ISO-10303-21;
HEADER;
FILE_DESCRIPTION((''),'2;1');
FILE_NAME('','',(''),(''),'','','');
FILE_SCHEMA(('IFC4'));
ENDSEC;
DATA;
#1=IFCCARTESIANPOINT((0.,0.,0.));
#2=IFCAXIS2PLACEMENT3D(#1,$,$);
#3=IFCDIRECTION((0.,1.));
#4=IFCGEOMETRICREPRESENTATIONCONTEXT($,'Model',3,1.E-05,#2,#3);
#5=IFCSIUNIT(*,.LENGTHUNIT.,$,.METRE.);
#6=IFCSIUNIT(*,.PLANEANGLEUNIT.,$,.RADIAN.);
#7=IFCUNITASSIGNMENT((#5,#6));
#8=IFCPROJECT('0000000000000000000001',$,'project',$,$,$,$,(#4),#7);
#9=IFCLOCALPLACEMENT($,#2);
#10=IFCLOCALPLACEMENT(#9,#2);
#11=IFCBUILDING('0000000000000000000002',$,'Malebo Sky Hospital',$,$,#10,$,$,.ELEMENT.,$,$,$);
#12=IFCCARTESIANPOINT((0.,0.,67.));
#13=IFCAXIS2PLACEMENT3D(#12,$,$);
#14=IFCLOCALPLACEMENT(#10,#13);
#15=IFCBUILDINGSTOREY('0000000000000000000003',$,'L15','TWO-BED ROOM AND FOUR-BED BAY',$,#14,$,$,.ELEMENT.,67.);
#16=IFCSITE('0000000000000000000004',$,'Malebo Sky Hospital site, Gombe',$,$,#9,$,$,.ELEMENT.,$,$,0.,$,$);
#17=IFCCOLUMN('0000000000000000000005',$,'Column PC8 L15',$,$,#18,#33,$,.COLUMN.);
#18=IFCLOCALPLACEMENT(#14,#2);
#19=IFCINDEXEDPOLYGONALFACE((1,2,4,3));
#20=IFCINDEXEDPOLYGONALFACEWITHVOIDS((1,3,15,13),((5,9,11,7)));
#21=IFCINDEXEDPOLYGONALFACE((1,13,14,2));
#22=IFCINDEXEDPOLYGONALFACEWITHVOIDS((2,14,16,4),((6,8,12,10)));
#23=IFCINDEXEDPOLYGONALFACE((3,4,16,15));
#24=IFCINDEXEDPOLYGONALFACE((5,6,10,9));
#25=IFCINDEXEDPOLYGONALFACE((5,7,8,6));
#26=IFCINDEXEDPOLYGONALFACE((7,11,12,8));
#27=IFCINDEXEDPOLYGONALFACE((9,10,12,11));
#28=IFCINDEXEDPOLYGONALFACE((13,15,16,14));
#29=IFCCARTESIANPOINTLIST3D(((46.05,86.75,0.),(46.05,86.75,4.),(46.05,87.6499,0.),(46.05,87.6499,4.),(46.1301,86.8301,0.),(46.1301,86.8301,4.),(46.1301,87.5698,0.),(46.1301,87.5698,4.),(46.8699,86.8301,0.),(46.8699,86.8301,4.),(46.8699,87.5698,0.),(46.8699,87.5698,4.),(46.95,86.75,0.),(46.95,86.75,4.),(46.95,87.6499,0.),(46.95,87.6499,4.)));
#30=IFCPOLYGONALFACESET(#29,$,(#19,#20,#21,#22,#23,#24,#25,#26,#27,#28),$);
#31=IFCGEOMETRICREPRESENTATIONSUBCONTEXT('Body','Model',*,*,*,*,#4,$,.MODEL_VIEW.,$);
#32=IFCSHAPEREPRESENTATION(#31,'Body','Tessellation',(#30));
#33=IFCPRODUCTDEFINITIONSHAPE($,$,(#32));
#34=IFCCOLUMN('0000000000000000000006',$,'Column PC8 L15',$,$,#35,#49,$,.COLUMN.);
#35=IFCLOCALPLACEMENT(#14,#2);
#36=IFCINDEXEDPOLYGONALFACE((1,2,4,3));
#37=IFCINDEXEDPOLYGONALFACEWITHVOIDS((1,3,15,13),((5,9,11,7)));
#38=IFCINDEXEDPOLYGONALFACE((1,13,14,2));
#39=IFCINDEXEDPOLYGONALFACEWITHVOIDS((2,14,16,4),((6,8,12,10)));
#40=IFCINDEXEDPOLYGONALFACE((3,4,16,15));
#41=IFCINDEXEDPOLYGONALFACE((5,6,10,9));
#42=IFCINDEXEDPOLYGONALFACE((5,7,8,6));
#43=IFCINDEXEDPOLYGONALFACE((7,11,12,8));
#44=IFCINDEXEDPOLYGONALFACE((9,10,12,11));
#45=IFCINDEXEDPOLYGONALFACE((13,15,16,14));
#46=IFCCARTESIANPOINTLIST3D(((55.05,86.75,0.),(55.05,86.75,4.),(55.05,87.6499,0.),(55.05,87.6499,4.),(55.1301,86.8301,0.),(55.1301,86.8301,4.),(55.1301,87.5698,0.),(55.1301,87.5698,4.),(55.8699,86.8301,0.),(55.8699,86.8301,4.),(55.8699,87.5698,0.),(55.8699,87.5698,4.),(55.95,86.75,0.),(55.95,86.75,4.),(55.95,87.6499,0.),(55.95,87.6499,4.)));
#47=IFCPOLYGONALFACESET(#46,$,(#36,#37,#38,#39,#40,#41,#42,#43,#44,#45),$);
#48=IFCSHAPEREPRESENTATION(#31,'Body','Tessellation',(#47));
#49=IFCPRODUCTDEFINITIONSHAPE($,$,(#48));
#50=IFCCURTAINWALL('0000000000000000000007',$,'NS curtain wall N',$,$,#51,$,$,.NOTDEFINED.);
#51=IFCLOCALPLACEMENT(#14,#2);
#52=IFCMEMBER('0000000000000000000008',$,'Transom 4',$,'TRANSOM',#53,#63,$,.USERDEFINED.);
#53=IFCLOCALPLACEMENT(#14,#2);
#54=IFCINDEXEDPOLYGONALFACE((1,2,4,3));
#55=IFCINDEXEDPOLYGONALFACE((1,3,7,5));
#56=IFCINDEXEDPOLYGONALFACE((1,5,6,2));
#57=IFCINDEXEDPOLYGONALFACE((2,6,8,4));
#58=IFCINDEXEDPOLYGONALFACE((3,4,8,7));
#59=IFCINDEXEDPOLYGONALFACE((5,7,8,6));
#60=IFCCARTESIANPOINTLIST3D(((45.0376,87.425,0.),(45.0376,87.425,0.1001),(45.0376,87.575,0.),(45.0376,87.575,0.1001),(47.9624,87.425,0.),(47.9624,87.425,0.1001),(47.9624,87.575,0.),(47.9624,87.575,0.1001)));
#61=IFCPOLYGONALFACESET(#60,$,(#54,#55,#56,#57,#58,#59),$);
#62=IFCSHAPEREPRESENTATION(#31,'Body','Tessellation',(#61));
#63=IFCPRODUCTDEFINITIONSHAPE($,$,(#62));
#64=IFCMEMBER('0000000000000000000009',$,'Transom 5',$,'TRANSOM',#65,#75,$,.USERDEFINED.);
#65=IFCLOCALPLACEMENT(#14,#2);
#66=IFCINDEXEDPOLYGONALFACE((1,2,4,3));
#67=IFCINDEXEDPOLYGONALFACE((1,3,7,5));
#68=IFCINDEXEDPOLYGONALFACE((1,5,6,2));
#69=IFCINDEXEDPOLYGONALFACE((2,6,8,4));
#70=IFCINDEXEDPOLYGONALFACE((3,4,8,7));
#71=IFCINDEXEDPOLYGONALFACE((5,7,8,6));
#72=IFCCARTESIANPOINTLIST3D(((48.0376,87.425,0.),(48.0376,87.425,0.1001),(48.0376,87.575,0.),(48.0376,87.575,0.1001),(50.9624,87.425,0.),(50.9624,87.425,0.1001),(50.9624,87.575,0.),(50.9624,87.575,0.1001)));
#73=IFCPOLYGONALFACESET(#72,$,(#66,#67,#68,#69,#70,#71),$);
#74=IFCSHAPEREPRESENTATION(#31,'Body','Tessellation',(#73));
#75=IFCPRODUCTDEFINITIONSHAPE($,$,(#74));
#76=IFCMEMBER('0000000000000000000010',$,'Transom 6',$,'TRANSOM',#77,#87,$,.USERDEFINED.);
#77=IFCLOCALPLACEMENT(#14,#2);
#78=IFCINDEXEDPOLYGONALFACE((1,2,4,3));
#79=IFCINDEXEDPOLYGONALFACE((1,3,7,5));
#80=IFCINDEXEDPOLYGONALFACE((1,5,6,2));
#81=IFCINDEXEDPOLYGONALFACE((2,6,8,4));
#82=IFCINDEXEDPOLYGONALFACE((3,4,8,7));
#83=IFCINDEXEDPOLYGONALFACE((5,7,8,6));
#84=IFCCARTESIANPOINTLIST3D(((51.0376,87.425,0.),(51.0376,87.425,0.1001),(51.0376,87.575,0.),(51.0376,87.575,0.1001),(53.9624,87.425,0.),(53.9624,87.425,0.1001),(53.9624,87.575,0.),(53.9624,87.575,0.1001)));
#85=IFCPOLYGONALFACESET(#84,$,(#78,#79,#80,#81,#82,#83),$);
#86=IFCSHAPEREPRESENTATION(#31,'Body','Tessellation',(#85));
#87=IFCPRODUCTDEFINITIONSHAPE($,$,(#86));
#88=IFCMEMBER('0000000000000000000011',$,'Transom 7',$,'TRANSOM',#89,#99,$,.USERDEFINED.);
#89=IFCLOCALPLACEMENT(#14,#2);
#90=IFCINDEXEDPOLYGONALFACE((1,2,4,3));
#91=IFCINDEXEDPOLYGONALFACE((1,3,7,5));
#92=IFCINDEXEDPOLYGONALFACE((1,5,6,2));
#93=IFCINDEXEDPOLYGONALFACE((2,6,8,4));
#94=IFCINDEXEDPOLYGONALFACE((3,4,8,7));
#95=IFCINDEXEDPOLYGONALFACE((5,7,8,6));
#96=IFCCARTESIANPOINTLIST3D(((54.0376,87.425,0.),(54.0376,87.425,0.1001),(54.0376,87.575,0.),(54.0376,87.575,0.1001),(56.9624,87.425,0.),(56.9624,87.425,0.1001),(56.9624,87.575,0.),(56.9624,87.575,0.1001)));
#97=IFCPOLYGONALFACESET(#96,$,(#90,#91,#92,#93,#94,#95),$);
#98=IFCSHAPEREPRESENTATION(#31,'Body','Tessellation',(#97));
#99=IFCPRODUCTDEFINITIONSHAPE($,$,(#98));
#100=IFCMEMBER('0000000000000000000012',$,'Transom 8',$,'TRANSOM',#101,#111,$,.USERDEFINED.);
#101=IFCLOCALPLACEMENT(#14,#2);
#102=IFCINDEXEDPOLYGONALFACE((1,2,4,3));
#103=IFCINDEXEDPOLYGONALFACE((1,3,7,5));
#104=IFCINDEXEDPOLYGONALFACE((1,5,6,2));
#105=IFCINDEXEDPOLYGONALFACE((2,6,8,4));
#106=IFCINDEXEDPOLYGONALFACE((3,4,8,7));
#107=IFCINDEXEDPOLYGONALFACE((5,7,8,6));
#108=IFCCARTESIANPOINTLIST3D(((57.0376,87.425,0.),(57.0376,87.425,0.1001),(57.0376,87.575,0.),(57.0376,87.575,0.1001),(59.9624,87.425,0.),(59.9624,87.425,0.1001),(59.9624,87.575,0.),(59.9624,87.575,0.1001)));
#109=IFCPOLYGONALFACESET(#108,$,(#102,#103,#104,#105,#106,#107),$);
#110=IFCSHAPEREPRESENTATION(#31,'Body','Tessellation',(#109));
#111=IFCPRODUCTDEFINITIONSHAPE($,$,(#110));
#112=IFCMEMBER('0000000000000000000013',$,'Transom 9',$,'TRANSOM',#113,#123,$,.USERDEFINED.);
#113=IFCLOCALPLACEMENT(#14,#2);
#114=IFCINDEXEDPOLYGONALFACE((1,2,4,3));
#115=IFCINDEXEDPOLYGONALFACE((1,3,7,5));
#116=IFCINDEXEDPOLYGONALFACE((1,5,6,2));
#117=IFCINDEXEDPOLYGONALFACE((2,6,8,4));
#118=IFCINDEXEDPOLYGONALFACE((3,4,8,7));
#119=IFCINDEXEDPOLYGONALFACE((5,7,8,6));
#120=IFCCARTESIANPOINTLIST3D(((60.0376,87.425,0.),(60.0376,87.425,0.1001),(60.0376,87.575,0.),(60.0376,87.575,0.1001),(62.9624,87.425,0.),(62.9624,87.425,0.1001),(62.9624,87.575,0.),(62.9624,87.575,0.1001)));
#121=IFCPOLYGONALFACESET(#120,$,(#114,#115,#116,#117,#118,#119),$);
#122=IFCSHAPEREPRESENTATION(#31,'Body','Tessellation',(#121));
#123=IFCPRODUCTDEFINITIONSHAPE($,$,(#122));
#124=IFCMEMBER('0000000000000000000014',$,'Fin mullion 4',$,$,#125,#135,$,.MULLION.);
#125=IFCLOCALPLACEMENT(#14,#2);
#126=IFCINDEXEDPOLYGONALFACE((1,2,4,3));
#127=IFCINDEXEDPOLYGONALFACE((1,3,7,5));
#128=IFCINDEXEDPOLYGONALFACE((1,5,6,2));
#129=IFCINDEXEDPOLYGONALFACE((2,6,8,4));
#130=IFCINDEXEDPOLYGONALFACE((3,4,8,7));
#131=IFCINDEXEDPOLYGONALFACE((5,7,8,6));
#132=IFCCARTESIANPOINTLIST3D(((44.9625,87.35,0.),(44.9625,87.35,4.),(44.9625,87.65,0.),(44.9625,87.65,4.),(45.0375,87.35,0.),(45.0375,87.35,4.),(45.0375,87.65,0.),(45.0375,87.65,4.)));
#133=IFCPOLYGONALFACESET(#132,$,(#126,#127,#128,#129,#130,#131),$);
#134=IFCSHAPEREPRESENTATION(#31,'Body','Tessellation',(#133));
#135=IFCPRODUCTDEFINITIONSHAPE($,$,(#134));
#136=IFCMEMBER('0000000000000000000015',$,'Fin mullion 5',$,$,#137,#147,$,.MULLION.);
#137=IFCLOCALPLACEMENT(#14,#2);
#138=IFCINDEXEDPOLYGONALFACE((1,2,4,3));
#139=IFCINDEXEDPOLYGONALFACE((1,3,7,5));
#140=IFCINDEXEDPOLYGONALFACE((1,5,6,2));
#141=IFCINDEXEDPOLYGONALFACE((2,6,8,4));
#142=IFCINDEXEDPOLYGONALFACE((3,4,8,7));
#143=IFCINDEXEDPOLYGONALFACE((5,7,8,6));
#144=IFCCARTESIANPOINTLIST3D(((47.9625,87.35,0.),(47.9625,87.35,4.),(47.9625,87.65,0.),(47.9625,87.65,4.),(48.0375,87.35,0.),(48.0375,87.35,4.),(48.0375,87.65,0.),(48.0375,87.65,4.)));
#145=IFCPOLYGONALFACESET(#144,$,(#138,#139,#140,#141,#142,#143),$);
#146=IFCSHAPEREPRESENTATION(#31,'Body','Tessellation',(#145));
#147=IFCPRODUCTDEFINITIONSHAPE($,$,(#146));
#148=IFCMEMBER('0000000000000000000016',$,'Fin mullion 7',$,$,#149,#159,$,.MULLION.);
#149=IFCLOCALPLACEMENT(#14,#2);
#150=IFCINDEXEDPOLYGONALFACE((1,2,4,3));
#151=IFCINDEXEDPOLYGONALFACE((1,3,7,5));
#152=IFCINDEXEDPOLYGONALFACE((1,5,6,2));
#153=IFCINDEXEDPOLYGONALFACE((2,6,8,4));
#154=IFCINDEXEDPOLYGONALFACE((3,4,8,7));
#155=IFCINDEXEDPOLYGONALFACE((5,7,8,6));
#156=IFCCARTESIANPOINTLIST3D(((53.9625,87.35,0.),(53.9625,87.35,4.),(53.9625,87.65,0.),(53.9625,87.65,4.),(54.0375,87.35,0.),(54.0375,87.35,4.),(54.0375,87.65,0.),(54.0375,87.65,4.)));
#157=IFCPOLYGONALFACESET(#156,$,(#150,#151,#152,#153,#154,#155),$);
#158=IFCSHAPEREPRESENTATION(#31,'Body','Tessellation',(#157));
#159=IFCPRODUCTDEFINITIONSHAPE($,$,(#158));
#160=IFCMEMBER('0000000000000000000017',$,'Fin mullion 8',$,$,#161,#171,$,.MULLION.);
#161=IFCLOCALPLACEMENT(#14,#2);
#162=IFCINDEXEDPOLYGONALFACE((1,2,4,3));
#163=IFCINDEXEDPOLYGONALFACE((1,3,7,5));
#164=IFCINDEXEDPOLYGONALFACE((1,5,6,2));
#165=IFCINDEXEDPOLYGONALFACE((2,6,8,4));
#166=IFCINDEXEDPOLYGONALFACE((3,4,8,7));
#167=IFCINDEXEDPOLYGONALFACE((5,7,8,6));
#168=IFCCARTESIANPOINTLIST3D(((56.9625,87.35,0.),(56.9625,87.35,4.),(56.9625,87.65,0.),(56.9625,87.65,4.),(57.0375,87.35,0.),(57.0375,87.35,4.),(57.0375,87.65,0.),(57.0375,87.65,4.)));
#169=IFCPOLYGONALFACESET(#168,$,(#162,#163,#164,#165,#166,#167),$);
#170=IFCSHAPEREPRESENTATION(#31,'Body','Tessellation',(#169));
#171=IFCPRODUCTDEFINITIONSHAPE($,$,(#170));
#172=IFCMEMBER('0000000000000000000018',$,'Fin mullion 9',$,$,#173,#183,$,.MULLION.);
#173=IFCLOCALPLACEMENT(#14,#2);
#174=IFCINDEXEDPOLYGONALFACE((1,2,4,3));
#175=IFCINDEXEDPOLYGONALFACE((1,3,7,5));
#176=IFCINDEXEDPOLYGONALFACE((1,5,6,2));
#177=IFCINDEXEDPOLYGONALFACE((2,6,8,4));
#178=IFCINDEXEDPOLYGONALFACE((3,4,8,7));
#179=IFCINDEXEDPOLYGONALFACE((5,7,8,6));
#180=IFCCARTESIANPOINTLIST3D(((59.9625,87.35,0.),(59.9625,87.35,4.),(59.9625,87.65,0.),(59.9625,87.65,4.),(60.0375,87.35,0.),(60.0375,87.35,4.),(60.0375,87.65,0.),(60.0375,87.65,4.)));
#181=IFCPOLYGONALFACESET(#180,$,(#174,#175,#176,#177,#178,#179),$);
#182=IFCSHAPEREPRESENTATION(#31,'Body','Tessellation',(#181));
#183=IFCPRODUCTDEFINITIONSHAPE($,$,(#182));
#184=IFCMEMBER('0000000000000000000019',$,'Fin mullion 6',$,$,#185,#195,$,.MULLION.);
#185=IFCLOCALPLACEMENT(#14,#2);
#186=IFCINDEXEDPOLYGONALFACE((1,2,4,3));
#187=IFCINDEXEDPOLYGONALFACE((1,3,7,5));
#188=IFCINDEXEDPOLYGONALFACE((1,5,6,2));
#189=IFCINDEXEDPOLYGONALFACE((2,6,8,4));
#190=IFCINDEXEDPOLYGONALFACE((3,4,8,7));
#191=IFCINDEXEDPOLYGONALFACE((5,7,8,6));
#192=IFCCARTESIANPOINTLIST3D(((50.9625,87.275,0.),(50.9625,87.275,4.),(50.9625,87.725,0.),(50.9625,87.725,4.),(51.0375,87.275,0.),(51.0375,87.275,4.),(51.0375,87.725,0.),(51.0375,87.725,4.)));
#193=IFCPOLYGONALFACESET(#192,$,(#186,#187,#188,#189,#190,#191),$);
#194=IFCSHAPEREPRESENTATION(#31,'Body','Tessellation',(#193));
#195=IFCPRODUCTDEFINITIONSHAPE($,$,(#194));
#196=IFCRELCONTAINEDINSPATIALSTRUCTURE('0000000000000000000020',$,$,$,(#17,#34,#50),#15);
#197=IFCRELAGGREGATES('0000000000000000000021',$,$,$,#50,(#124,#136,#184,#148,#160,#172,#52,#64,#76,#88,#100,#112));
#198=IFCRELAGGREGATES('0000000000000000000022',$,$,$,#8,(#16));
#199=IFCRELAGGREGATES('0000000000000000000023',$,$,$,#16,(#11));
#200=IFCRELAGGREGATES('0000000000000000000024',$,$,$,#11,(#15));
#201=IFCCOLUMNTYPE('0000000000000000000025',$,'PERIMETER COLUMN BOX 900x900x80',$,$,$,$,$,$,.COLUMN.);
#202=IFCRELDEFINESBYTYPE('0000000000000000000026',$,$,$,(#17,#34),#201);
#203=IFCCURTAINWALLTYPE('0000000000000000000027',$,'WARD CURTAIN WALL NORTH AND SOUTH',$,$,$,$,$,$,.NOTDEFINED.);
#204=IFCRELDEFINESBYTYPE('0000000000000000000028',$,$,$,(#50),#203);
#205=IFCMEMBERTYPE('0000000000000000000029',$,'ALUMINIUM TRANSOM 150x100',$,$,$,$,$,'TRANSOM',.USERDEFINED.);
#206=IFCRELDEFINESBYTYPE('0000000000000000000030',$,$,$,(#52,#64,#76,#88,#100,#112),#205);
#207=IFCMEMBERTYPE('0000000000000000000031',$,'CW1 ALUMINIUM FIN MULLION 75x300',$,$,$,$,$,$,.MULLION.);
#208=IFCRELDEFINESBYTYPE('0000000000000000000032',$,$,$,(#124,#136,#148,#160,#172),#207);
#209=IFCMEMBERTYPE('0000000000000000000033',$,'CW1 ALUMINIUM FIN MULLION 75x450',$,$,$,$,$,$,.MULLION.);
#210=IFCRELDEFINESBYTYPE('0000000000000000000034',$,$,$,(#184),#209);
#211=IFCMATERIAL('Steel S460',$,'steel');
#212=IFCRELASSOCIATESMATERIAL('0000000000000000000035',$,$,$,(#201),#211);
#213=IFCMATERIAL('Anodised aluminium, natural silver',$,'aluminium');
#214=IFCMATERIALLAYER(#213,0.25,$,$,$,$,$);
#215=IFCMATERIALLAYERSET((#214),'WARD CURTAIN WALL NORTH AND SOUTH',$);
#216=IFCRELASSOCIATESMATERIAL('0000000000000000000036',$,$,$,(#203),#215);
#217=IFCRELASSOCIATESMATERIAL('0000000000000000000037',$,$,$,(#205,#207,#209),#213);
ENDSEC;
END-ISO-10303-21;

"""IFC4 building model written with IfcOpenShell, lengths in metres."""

from ifc_helpers import new_model, si_unit, direction, frame, origin, origin_2d, place, context, subcontext, project, spatial, rectangle, hollow_rectangle, extrude, material, layer, layer_set, material_profile, profile_set, type_object, element, aggregate, save


model = new_model("IFC4")

# Units and contexts
model_context = context("Model", 3, precision=1e-05, world=origin(), true_north=direction((0.0, 1.0)))
body_context = subcontext(model_context, "Body", "Model", "MODEL_VIEW")
ifc_project = project(units=[si_unit("LENGTHUNIT", "METRE"), si_unit("PLANEANGLEUNIT", "RADIAN")], contexts=[model_context])

# Site, building, storey
site_placement = place(None, origin())
site = spatial("IfcSite", under=ifc_project, at=site_placement, Name="Malebo Sky Hospital site, Gombe", CompositionType="ELEMENT", RefElevation=0.0)
building_placement = place(site_placement, origin())
building = spatial("IfcBuilding", under=site, at=building_placement, Name="Malebo Sky Hospital", CompositionType="ELEMENT")
storey_placement = place(building_placement, frame((0.0, 0.0, 67.0)))
storey = spatial("IfcBuildingStorey", under=building, at=storey_placement, Name="L15", Description="TWO-BED ROOM AND FOUR-BED BAY", CompositionType="ELEMENT", Elevation=67.0)

# Columns
ifc_material_1 = material(Name="Steel S460", Category="steel")
ifc_material_profile_1 = material_profile(ifc_material_1, hollow_rectangle(XDim=0.8999, YDim=0.8999, WallThickness=0.0801, at=origin_2d()), Name="BOX 900x900x80")
ifc_profile_set_1 = profile_set([ifc_material_profile_1], Name="Steel S460")
column_type = type_object("IfcColumnType", Name="PERIMETER COLUMN BOX 900x900x80", PredefinedType="COLUMN", material=ifc_profile_set_1)
for number, where, z_axis, x_axis, name in (
    (1, (46.5, 87.2, 0.0), (0.0, 0.0, 1.0), (1.0, 0.0, 0.0), "Column PC8 L15"),
    (2, (55.5, 87.2, 0.0), (0.0, 0.0, 1.0), (1.0, 0.0, 0.0), "Column PC8 L15"),
):
    element("IfcColumn", number, at=place(storey_placement, frame(where, z_axis=z_axis, x_axis=x_axis)), inside=storey, type_object=column_type, Name=name, PredefinedType="COLUMN", context=body_context, shape_type="SweptSolid", body=[
        extrude(hollow_rectangle(XDim=0.8999, YDim=0.8999, WallThickness=0.0801, at=origin_2d()), origin(), (0.0, 0.0, 1.0), 4.0),
    ])

# Curtain wall, members
ifc_material_2 = material(Name="Anodised aluminium, natural silver", Category="aluminium")
ifc_layer_1 = layer(ifc_material_2, 0.25)
ifc_layer_set_1 = layer_set([ifc_layer_1], Name="WARD CURTAIN WALL NORTH AND SOUTH")
curtain_wall_type = type_object("IfcCurtainWallType", Name="WARD CURTAIN WALL NORTH AND SOUTH", PredefinedType="NOTDEFINED", material=ifc_layer_set_1)
curtain_wall_placement = place(storey_placement, origin())
curtain_wall = element("IfcCurtainWall", 3, at=curtain_wall_placement, inside=storey, type_object=curtain_wall_type, Name="NS curtain wall N", PredefinedType="NOTDEFINED")
ifc_material_profile_2 = material_profile(ifc_material_2, rectangle(XDim=0.1499, YDim=0.1001, at=origin_2d()), Name="ALUMINIUM TRANSOM 150x100")
ifc_profile_set_2 = profile_set([ifc_material_profile_2], Name="Anodised aluminium, natural silver")
member_type_1 = type_object("IfcMemberType", Name="ALUMINIUM TRANSOM 150x100", ElementType="TRANSOM", PredefinedType="USERDEFINED", material=ifc_profile_set_2)
member_1_placement = place(storey_placement, frame((45.0376, 87.5, 0.05), z_axis=(1.0, 0.0, 0.0), x_axis=(0.0, 1.0, 0.0)))
member_1 = element("IfcMember", 4, at=member_1_placement, type_object=member_type_1, Name="Transom 4", ObjectType="TRANSOM", PredefinedType="USERDEFINED", context=body_context, shape_type="SweptSolid", body=[
    extrude(rectangle(XDim=0.1499, YDim=0.1001, at=origin_2d()), origin(), (0.0, 0.0, 1.0), 2.9248),
])
member_2_placement = place(storey_placement, frame((48.0376, 87.5, 0.05), z_axis=(1.0, 0.0, 0.0), x_axis=(0.0, 1.0, 0.0)))
member_2 = element("IfcMember", 5, at=member_2_placement, type_object=member_type_1, Name="Transom 5", ObjectType="TRANSOM", PredefinedType="USERDEFINED", context=body_context, shape_type="SweptSolid", body=[
    extrude(rectangle(XDim=0.1499, YDim=0.1001, at=origin_2d()), origin(), (0.0, 0.0, 1.0), 2.9248),
])
member_3_placement = place(storey_placement, frame((51.0376, 87.5, 0.05), z_axis=(1.0, 0.0, 0.0), x_axis=(0.0, 1.0, 0.0)))
member_3 = element("IfcMember", 6, at=member_3_placement, type_object=member_type_1, Name="Transom 6", ObjectType="TRANSOM", PredefinedType="USERDEFINED", context=body_context, shape_type="SweptSolid", body=[
    extrude(rectangle(XDim=0.1499, YDim=0.1001, at=origin_2d()), origin(), (0.0, 0.0, 1.0), 2.9248),
])
member_4_placement = place(storey_placement, frame((54.0376, 87.5, 0.05), z_axis=(1.0, 0.0, 0.0), x_axis=(0.0, 1.0, 0.0)))
member_4 = element("IfcMember", 7, at=member_4_placement, type_object=member_type_1, Name="Transom 7", ObjectType="TRANSOM", PredefinedType="USERDEFINED", context=body_context, shape_type="SweptSolid", body=[
    extrude(rectangle(XDim=0.1499, YDim=0.1001, at=origin_2d()), origin(), (0.0, 0.0, 1.0), 2.9248),
])
member_5_placement = place(storey_placement, frame((57.0376, 87.5, 0.05), z_axis=(1.0, 0.0, 0.0), x_axis=(0.0, 1.0, 0.0)))
member_5 = element("IfcMember", 8, at=member_5_placement, type_object=member_type_1, Name="Transom 8", ObjectType="TRANSOM", PredefinedType="USERDEFINED", context=body_context, shape_type="SweptSolid", body=[
    extrude(rectangle(XDim=0.1499, YDim=0.1001, at=origin_2d()), origin(), (0.0, 0.0, 1.0), 2.9248),
])
member_6_placement = place(storey_placement, frame((60.0376, 87.5, 0.05), z_axis=(1.0, 0.0, 0.0), x_axis=(0.0, 1.0, 0.0)))
member_6 = element("IfcMember", 9, at=member_6_placement, type_object=member_type_1, Name="Transom 9", ObjectType="TRANSOM", PredefinedType="USERDEFINED", context=body_context, shape_type="SweptSolid", body=[
    extrude(rectangle(XDim=0.1499, YDim=0.1001, at=origin_2d()), origin(), (0.0, 0.0, 1.0), 2.9248),
])
ifc_material_profile_3 = material_profile(ifc_material_2, rectangle(XDim=0.075, YDim=0.3, at=origin_2d()), Name="CW1 ALUMINIUM FIN MULLION 75x300")
ifc_profile_set_3 = profile_set([ifc_material_profile_3], Name="Anodised aluminium, natural silver")
member_type_2 = type_object("IfcMemberType", Name="CW1 ALUMINIUM FIN MULLION 75x300", PredefinedType="MULLION", material=ifc_profile_set_3)
member_7_placement = place(storey_placement, frame((45.0, 87.5, 0.0), z_axis=(0.0, 0.0, 1.0), x_axis=(1.0, 0.0, 0.0)))
member_7 = element("IfcMember", 10, at=member_7_placement, type_object=member_type_2, Name="Fin mullion 4", PredefinedType="MULLION", context=body_context, shape_type="SweptSolid", body=[
    extrude(rectangle(XDim=0.075, YDim=0.3, at=origin_2d()), origin(), (0.0, 0.0, 1.0), 4.0),
])
member_8_placement = place(storey_placement, frame((48.0, 87.5, 0.0), z_axis=(0.0, 0.0, 1.0), x_axis=(1.0, 0.0, 0.0)))
member_8 = element("IfcMember", 11, at=member_8_placement, type_object=member_type_2, Name="Fin mullion 5", PredefinedType="MULLION", context=body_context, shape_type="SweptSolid", body=[
    extrude(rectangle(XDim=0.075, YDim=0.3, at=origin_2d()), origin(), (0.0, 0.0, 1.0), 4.0),
])
member_9_placement = place(storey_placement, frame((54.0, 87.5, 0.0), z_axis=(0.0, 0.0, 1.0), x_axis=(1.0, 0.0, 0.0)))
member_9 = element("IfcMember", 12, at=member_9_placement, type_object=member_type_2, Name="Fin mullion 7", PredefinedType="MULLION", context=body_context, shape_type="SweptSolid", body=[
    extrude(rectangle(XDim=0.075, YDim=0.3, at=origin_2d()), origin(), (0.0, 0.0, 1.0), 4.0),
])
member_10_placement = place(storey_placement, frame((57.0, 87.5, 0.0), z_axis=(0.0, 0.0, 1.0), x_axis=(1.0, 0.0, 0.0)))
member_10 = element("IfcMember", 13, at=member_10_placement, type_object=member_type_2, Name="Fin mullion 8", PredefinedType="MULLION", context=body_context, shape_type="SweptSolid", body=[
    extrude(rectangle(XDim=0.075, YDim=0.3, at=origin_2d()), origin(), (0.0, 0.0, 1.0), 4.0),
])
member_11_placement = place(storey_placement, frame((60.0, 87.5, 0.0), z_axis=(0.0, 0.0, 1.0), x_axis=(1.0, 0.0, 0.0)))
member_11 = element("IfcMember", 14, at=member_11_placement, type_object=member_type_2, Name="Fin mullion 9", PredefinedType="MULLION", context=body_context, shape_type="SweptSolid", body=[
    extrude(rectangle(XDim=0.075, YDim=0.3, at=origin_2d()), origin(), (0.0, 0.0, 1.0), 4.0),
])
ifc_material_profile_4 = material_profile(ifc_material_2, rectangle(XDim=0.075, YDim=0.45, at=origin_2d()), Name="CW1 ALUMINIUM FIN MULLION 75x450")
ifc_profile_set_4 = profile_set([ifc_material_profile_4], Name="Anodised aluminium, natural silver")
member_type_3 = type_object("IfcMemberType", Name="CW1 ALUMINIUM FIN MULLION 75x450", PredefinedType="MULLION", material=ifc_profile_set_4)
member_12_placement = place(storey_placement, frame((51.0, 87.5, 0.0), z_axis=(0.0, 0.0, 1.0), x_axis=(1.0, 0.0, 0.0)))
member_12 = element("IfcMember", 15, at=member_12_placement, type_object=member_type_3, Name="Fin mullion 6", PredefinedType="MULLION", context=body_context, shape_type="SweptSolid", body=[
    extrude(rectangle(XDim=0.075, YDim=0.45, at=origin_2d()), origin(), (0.0, 0.0, 1.0), 4.0),
])

aggregate(curtain_wall, [member_7, member_8, member_12, member_9, member_10, member_11, member_1, member_2, member_3, member_4, member_5, member_6])

save(model, "model.ifc")
